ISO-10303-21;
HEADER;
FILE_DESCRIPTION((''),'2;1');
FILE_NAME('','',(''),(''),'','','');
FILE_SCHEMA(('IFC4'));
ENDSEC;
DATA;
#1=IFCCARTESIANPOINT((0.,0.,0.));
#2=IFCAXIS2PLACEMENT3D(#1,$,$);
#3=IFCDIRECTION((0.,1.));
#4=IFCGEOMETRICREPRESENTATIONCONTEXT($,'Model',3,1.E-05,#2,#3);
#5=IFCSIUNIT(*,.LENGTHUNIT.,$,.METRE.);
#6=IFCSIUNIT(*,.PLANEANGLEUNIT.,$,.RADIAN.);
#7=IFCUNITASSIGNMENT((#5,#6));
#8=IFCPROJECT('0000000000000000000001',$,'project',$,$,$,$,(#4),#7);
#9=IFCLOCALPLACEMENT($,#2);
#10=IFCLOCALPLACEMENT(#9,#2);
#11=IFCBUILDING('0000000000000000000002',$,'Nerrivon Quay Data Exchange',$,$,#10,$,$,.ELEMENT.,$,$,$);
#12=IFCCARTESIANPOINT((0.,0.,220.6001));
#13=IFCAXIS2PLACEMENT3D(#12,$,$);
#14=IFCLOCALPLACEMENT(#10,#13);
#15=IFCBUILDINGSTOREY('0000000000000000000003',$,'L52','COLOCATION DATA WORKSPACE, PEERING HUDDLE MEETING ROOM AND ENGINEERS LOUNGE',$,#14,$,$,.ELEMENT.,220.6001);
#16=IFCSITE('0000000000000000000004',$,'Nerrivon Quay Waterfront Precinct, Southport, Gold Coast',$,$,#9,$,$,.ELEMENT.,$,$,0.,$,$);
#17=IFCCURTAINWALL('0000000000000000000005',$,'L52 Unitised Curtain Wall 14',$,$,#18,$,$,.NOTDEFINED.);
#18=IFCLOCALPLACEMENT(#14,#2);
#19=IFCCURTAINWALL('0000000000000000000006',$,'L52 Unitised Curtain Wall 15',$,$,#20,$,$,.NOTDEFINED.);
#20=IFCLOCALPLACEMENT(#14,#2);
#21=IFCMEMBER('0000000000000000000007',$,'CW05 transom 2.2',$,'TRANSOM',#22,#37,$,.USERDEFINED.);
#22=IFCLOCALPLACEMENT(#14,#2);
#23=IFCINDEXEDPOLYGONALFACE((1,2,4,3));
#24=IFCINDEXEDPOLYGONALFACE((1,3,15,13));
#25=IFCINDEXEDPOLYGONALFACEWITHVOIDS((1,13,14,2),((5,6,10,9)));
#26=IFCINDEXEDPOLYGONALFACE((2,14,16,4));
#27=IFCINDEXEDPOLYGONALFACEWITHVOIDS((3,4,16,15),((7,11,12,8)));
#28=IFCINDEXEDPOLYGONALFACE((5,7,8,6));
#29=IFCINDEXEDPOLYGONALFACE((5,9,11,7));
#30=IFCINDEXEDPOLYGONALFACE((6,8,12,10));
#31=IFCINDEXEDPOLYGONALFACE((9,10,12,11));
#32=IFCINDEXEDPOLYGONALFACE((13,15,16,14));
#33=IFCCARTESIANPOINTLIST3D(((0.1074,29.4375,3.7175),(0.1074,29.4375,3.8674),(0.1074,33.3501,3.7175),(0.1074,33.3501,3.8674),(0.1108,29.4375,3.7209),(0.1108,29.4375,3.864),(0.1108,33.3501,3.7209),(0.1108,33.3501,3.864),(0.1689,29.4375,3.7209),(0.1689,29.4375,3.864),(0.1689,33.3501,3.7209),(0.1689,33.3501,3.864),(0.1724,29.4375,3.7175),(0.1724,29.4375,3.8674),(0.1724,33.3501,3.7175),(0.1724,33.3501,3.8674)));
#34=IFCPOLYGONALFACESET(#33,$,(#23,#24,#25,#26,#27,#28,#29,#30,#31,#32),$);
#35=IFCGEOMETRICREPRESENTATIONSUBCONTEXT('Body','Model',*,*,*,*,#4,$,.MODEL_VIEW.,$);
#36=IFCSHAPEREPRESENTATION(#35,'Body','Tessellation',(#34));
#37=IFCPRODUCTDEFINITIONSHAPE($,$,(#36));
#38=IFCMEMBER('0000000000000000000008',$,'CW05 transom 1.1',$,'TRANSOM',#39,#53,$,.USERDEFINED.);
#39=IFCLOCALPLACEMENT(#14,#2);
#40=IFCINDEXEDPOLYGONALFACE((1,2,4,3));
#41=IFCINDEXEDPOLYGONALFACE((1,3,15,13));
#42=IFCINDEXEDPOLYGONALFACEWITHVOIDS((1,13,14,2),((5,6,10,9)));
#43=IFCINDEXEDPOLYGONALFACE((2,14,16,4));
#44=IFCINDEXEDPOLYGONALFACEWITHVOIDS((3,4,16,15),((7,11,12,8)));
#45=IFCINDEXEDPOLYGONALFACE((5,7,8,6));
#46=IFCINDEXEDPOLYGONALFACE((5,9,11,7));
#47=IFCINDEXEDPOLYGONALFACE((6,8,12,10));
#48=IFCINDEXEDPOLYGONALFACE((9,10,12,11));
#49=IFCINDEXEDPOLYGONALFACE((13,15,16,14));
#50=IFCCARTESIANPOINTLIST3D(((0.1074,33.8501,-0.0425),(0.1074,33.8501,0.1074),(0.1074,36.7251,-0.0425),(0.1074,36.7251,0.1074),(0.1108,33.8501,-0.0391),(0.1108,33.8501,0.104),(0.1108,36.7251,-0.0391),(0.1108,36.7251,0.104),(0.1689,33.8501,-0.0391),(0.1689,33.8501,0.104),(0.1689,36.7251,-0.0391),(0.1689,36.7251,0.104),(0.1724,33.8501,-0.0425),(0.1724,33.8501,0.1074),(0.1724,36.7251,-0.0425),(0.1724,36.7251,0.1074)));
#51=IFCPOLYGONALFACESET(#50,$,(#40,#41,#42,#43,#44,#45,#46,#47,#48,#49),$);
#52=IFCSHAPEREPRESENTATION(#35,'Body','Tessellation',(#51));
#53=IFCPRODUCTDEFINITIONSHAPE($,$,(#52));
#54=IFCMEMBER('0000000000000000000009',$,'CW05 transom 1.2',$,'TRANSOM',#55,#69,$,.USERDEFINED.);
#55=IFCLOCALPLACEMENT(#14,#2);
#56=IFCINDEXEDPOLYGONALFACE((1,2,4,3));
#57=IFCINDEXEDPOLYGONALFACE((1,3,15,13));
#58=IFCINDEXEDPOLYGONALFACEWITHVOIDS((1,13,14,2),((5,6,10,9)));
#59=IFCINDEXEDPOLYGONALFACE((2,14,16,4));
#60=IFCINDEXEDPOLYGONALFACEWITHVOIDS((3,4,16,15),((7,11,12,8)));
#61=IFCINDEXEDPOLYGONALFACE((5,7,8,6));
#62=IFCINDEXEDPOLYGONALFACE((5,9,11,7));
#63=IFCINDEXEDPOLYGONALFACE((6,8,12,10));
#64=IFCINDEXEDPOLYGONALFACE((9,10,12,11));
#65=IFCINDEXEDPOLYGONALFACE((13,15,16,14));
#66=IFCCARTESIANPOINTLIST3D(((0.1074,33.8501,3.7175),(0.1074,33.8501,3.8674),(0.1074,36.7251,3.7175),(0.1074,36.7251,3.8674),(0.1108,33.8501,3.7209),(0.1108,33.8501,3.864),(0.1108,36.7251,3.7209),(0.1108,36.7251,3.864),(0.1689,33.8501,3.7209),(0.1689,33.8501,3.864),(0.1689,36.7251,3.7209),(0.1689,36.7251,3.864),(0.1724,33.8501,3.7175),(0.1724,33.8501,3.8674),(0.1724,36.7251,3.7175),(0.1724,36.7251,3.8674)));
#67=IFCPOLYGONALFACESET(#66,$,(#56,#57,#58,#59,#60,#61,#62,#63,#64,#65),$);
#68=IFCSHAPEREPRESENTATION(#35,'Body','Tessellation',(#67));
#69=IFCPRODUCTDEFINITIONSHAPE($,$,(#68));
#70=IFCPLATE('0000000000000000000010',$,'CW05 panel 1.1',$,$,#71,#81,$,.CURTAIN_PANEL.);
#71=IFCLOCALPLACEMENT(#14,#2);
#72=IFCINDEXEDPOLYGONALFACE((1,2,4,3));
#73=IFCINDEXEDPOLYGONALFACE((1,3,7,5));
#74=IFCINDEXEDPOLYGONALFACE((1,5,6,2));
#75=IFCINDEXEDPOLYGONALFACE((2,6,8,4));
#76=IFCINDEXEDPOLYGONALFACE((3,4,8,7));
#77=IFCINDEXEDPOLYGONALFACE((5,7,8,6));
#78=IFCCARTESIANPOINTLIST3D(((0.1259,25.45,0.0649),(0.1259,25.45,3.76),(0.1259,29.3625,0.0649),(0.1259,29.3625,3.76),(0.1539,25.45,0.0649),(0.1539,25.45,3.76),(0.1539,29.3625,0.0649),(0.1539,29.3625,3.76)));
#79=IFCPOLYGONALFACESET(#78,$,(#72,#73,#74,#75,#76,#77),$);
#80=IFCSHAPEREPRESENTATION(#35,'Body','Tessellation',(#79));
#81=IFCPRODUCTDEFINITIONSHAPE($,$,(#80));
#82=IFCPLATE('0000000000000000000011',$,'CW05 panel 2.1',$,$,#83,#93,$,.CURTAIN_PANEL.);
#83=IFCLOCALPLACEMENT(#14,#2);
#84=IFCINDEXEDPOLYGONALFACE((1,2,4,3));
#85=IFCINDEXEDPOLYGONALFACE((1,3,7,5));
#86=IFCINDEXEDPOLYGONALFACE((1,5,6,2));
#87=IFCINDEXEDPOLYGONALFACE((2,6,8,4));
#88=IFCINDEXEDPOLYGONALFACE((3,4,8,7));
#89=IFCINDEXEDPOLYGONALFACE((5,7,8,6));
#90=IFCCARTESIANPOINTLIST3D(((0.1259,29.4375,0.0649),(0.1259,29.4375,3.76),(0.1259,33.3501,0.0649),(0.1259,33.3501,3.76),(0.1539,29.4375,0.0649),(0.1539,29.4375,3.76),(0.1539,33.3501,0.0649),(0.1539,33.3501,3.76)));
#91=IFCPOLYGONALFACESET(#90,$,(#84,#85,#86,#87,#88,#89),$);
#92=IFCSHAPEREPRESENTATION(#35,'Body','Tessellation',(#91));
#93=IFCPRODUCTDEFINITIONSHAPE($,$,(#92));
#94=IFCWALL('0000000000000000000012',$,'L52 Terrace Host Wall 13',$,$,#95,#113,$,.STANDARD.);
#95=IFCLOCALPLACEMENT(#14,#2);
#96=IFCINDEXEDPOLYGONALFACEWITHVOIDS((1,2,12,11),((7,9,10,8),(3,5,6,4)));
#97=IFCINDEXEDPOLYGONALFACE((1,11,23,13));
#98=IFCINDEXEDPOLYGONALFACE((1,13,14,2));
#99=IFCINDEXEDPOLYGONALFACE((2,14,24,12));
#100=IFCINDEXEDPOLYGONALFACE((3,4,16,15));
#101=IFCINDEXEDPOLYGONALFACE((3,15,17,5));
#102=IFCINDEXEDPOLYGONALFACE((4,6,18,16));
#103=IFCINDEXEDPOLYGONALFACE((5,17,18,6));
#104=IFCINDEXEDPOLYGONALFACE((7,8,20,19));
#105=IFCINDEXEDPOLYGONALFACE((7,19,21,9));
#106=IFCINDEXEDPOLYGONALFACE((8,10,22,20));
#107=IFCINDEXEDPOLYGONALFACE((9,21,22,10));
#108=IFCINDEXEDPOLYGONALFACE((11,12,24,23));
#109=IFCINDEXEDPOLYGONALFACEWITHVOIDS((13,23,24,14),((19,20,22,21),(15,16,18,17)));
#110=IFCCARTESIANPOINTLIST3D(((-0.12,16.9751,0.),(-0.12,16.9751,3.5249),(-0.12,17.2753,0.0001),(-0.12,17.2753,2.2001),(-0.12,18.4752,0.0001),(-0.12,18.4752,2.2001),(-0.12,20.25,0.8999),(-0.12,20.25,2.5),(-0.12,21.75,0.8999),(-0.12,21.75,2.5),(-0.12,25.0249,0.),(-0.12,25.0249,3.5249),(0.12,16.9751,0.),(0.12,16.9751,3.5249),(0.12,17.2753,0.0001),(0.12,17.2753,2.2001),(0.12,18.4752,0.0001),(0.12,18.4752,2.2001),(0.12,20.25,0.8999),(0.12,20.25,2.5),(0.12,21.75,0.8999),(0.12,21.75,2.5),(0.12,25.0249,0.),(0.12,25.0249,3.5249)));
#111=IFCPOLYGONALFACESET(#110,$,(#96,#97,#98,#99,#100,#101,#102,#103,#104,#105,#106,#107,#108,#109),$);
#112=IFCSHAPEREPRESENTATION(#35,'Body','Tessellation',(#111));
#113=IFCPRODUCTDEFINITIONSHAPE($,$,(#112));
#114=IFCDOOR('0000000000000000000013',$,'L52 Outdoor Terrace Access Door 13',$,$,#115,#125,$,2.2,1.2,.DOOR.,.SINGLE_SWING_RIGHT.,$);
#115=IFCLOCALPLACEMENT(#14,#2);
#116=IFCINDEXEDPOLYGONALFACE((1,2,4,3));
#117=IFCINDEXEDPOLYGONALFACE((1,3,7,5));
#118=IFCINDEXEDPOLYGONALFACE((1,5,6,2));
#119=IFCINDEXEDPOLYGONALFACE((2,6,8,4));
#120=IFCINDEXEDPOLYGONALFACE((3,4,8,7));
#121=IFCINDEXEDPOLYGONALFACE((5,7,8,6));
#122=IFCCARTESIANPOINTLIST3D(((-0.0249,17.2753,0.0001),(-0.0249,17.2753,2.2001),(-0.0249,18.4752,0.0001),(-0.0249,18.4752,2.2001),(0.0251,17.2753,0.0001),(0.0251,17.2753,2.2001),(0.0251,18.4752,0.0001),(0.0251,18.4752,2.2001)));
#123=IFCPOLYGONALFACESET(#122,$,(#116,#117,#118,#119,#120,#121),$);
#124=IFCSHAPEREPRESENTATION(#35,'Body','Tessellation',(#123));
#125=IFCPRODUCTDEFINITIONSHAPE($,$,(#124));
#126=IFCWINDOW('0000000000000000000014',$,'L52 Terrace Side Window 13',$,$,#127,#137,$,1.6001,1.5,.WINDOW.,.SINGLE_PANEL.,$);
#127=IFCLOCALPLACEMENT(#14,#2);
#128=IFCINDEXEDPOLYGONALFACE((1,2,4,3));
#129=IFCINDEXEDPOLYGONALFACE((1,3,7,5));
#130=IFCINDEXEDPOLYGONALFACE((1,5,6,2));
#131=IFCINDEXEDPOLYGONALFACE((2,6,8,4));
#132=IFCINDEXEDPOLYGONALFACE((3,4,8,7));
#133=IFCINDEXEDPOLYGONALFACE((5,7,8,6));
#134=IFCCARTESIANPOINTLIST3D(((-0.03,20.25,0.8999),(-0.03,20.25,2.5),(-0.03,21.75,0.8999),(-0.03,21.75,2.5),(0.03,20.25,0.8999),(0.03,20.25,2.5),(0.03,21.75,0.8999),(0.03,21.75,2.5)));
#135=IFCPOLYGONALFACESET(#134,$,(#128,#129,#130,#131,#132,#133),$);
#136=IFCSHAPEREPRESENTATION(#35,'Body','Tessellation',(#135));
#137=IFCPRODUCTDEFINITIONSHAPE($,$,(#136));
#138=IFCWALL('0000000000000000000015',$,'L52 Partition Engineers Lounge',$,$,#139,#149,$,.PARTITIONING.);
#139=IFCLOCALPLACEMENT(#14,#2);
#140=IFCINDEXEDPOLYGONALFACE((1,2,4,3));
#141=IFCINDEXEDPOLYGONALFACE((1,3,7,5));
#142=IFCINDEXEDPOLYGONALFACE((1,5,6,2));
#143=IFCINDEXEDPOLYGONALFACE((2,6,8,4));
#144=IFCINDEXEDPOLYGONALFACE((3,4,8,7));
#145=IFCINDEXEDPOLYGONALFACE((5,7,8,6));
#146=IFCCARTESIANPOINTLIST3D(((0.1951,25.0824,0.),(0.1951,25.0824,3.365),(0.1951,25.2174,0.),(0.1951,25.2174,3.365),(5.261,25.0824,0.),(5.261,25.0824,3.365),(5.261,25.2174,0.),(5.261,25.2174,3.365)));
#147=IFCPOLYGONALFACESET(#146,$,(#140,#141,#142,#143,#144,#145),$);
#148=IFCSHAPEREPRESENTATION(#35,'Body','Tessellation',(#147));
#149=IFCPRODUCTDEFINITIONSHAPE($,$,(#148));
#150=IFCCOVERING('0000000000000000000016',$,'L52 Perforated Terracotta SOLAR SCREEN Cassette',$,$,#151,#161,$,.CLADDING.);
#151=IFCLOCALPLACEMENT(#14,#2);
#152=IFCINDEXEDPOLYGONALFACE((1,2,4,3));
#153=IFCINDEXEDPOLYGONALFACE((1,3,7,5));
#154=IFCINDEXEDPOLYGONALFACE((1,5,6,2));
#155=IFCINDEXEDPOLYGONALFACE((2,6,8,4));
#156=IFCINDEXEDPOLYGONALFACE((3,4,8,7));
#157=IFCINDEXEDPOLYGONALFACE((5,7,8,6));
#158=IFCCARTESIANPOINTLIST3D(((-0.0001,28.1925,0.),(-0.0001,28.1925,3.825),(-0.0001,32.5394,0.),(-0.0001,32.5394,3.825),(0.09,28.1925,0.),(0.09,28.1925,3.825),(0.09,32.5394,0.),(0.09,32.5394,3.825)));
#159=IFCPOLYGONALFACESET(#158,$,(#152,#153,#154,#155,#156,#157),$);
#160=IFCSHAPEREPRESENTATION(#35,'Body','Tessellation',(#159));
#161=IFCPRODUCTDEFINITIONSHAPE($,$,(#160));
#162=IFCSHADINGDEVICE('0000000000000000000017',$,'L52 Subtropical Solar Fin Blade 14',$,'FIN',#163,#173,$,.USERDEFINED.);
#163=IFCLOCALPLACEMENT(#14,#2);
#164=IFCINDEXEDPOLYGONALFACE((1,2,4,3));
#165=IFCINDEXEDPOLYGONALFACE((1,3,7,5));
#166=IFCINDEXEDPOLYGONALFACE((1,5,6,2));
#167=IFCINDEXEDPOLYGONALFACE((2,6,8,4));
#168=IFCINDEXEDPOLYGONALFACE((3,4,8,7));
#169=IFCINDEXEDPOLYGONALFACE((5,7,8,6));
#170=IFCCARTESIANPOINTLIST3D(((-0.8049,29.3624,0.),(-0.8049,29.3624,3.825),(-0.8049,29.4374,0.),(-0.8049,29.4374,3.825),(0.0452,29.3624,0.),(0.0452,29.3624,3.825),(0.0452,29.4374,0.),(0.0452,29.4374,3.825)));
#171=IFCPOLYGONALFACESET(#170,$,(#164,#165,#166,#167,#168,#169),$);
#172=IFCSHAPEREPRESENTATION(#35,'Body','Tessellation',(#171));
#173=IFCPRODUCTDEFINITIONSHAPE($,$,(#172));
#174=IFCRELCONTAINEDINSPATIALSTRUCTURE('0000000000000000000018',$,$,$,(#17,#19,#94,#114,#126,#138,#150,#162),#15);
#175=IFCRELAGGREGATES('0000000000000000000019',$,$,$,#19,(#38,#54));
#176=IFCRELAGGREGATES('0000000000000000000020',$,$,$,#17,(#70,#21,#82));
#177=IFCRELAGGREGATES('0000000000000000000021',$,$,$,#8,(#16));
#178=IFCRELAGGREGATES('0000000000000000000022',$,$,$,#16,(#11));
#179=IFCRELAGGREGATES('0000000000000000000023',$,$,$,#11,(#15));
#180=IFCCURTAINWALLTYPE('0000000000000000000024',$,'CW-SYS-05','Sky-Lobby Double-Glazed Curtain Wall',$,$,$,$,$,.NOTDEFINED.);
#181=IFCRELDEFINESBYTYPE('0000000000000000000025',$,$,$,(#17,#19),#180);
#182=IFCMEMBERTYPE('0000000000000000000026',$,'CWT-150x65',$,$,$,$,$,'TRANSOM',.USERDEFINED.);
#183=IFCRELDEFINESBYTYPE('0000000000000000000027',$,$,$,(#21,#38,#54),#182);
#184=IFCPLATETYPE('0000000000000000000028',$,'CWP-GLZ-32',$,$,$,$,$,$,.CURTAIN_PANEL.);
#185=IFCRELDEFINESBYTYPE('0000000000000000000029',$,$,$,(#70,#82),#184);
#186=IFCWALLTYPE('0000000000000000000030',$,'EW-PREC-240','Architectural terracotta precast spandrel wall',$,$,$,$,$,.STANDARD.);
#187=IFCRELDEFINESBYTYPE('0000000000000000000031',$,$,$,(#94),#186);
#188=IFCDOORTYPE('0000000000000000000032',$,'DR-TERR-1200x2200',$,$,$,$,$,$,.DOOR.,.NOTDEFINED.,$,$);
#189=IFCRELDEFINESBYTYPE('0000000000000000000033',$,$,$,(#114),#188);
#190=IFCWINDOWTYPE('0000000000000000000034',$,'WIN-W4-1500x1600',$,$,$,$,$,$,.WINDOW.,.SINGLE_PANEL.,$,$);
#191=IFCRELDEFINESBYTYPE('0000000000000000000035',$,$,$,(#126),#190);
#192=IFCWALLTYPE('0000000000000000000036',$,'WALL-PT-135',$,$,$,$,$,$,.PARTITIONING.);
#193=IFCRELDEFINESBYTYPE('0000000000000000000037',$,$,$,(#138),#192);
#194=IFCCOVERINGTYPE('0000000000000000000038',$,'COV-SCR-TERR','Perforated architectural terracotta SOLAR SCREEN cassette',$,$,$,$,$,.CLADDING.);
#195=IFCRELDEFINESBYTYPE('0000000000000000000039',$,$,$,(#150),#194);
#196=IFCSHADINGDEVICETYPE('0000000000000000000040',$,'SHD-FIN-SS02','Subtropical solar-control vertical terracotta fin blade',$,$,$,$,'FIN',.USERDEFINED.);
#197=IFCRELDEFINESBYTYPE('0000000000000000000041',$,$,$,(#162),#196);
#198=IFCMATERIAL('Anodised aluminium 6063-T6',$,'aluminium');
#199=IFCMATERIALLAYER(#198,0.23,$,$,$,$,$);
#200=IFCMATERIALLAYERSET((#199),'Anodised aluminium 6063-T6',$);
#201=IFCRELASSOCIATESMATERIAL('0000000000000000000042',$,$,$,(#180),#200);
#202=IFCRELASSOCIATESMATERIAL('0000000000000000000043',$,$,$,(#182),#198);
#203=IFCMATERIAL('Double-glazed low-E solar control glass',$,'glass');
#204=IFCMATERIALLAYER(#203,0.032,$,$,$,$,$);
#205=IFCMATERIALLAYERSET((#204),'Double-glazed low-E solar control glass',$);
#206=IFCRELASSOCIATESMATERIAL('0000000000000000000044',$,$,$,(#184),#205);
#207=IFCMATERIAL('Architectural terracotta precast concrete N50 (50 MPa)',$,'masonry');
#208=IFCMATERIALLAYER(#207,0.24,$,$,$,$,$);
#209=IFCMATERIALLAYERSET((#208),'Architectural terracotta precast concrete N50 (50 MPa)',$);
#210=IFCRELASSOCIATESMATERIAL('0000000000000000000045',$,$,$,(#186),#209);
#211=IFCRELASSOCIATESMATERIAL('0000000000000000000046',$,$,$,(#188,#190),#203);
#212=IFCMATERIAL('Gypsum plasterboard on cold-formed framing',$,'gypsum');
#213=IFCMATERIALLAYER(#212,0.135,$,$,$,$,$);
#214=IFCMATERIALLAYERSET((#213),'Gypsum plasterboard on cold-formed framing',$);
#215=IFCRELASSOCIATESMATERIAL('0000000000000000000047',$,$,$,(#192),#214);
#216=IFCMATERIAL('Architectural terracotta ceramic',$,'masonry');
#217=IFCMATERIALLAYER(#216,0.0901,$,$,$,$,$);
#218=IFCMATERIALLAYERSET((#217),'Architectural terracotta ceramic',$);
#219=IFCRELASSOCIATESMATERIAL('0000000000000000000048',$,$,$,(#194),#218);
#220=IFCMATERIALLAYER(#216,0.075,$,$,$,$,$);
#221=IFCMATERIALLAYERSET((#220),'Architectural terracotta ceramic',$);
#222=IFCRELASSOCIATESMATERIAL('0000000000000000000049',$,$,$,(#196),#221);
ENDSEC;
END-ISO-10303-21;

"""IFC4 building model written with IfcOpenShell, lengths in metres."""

from ifc_helpers import new_model, si_unit, direction, frame, frame_2d, origin, origin_2d, place, context, subcontext, project, spatial, rectangle, hollow_rectangle, extrude, material, layer, layer_set, material_profile, profile_set, type_object, element, fill, aggregate, save


model = new_model("IFC4")

# Units and contexts
model_context = context("Model", 3, precision=1e-05, world=origin(), true_north=direction((0.0, 1.0)))
body_context = subcontext(model_context, "Body", "Model", "MODEL_VIEW")
ifc_project = project(units=[si_unit("LENGTHUNIT", "METRE"), si_unit("PLANEANGLEUNIT", "RADIAN")], contexts=[model_context])

# Site, building, storey
site_placement = place(None, origin())
site = spatial("IfcSite", under=ifc_project, at=site_placement, Name="Nerrivon Quay Waterfront Precinct, Southport, Gold Coast", CompositionType="ELEMENT", RefElevation=0.0)
building_placement = place(site_placement, origin())
building = spatial("IfcBuilding", under=site, at=building_placement, Name="Nerrivon Quay Data Exchange", CompositionType="ELEMENT")
storey_placement = place(building_placement, frame((0.0, 0.0, 220.6001)))
storey = spatial("IfcBuildingStorey", under=building, at=storey_placement, Name="L52", Description="COLOCATION DATA WORKSPACE, PEERING HUDDLE MEETING ROOM AND ENGINEERS LOUNGE", CompositionType="ELEMENT", Elevation=220.6001)

# Curtain wall
ifc_material_1 = material(Name="Anodised aluminium 6063-T6", Category="aluminium")
ifc_layer_1 = layer(ifc_material_1, 0.23)
ifc_layer_set_1 = layer_set([ifc_layer_1], Name="Anodised aluminium 6063-T6")
curtain_wall_type = type_object("IfcCurtainWallType", Name="CW-SYS-05", Description="Sky-Lobby Double-Glazed Curtain Wall", PredefinedType="NOTDEFINED", material=ifc_layer_set_1)
curtain_wall_1_placement = place(storey_placement, origin())
curtain_wall_1 = element("IfcCurtainWall", 1, at=curtain_wall_1_placement, inside=storey, type_object=curtain_wall_type, Name="L52 Unitised Curtain Wall 14", PredefinedType="NOTDEFINED")

# Curtain wall
curtain_wall_2_placement = place(storey_placement, origin())
curtain_wall_2 = element("IfcCurtainWall", 2, at=curtain_wall_2_placement, inside=storey, type_object=curtain_wall_type, Name="L52 Unitised Curtain Wall 15", PredefinedType="NOTDEFINED")

# Members
ifc_material_profile_1 = material_profile(ifc_material_1, hollow_rectangle(XDim=0.0649, YDim=0.1499, WallThickness=0.0034, at=origin_2d()), Name="ALU-TRAN-150x65")
ifc_profile_set_1 = profile_set([ifc_material_profile_1], Name="Anodised aluminium 6063-T6")
member_type_1 = type_object("IfcMemberType", Name="CWT-150x65", ElementType="TRANSOM", PredefinedType="USERDEFINED", material=ifc_profile_set_1)
member_1_placement = place(storey_placement, frame((0.1399, 29.4375, 3.7925), z_axis=(0.0, 1.0, 0.0), x_axis=(-1.0, 0.0, 0.0)))
member_1 = element("IfcMember", 3, at=member_1_placement, type_object=member_type_1, Name="CW05 transom 2.2", ObjectType="TRANSOM", PredefinedType="USERDEFINED", context=body_context, shape_type="SweptSolid", body=[
    extrude(hollow_rectangle(XDim=0.0649, YDim=0.1499, WallThickness=0.0034, at=origin_2d()), origin(), (0.0, 0.0, 1.0), 3.9126),
])
member_2_placement = place(storey_placement, frame((0.1399, 33.8501, 0.0325), z_axis=(0.0, 1.0, 0.0), x_axis=(-1.0, 0.0, 0.0)))
member_2 = element("IfcMember", 4, at=member_2_placement, type_object=member_type_1, Name="CW05 transom 1.1", ObjectType="TRANSOM", PredefinedType="USERDEFINED", context=body_context, shape_type="SweptSolid", body=[
    extrude(hollow_rectangle(XDim=0.0649, YDim=0.1499, WallThickness=0.0034, at=origin_2d()), origin(), (0.0, 0.0, 1.0), 2.875),
])
member_3_placement = place(storey_placement, frame((0.1399, 33.8501, 3.7925), z_axis=(0.0, 1.0, 0.0), x_axis=(-1.0, 0.0, 0.0)))
member_3 = element("IfcMember", 5, at=member_3_placement, type_object=member_type_1, Name="CW05 transom 1.2", ObjectType="TRANSOM", PredefinedType="USERDEFINED", context=body_context, shape_type="SweptSolid", body=[
    extrude(hollow_rectangle(XDim=0.0649, YDim=0.1499, WallThickness=0.0034, at=origin_2d()), origin(), (0.0, 0.0, 1.0), 2.875),
])
aggregate(curtain_wall_2, [member_2, member_3])

# Plates
ifc_material_2 = material(Name="Double-glazed low-E solar control glass", Category="glass")
ifc_layer_2 = layer(ifc_material_2, 0.032)
ifc_layer_set_2 = layer_set([ifc_layer_2], Name="Double-glazed low-E solar control glass")
plate_type = type_object("IfcPlateType", Name="CWP-GLZ-32", PredefinedType="CURTAIN_PANEL", material=ifc_layer_set_2)
plate_1_placement = place(storey_placement, frame((0.1399, 27.4062, 0.0649), z_axis=(0.0, 0.0, 1.0), x_axis=(0.0, 1.0, 0.0)))
plate_1 = element("IfcPlate", 6, at=plate_1_placement, type_object=plate_type, Name="CW05 panel 1.1", PredefinedType="CURTAIN_PANEL", context=body_context, shape_type="SweptSolid", body=[
    extrude(rectangle(XDim=3.9126, YDim=0.0281, at=origin_2d()), origin(), (0.0, 0.0, 1.0), 3.6951),
])
plate_2_placement = place(storey_placement, frame((0.1399, 31.3938, 0.0649), z_axis=(0.0, 0.0, 1.0), x_axis=(0.0, 1.0, 0.0)))
plate_2 = element("IfcPlate", 7, at=plate_2_placement, type_object=plate_type, Name="CW05 panel 2.1", PredefinedType="CURTAIN_PANEL", context=body_context, shape_type="SweptSolid", body=[
    extrude(rectangle(XDim=3.9126, YDim=0.0281, at=origin_2d()), origin(), (0.0, 0.0, 1.0), 3.6951),
])
aggregate(curtain_wall_1, [plate_1, member_1, plate_2])

# Wall, openings, door, window
ifc_material_3 = material(Name="Architectural terracotta precast concrete N50 (50 MPa)", Category="masonry")
ifc_layer_3 = layer(ifc_material_3, 0.24)
ifc_layer_set_3 = layer_set([ifc_layer_3], Name="Architectural terracotta precast concrete N50 (50 MPa)")
wall_type_1 = type_object("IfcWallType", Name="EW-PREC-240", Description="Architectural terracotta precast spandrel wall", PredefinedType="STANDARD", material=ifc_layer_set_3)
wall_1_placement = place(storey_placement, frame((0.0, 16.9751, 0.0), z_axis=(0.0, 0.0, 1.0), x_axis=(0.0, 1.0, 0.0)))
wall_1 = element("IfcWall", 8, at=wall_1_placement, inside=storey, type_object=wall_type_1, Name="L52 Terrace Host Wall 13", PredefinedType="STANDARD", context=body_context, shape_type="SweptSolid", body=[
    extrude(rectangle(XDim=8.0498, YDim=0.24, at=frame_2d((4.0249, 0.0))), origin(), (0.0, 0.0, 1.0), 3.5249),
])
opening_1_placement = place(wall_1_placement, frame((0.3, 0.0, 0.0)))
opening_1 = element("IfcOpeningElement", 9, at=opening_1_placement, cuts=wall_1, PredefinedType="OPENING", context=body_context, shape_type="SweptSolid", body=[
    extrude(rectangle(XDim=1.2, YDim=2.2, at=frame_2d((0.6001, 1.1001))), frame((0.0, 0.1299, 0.0), z_axis=(0.0, -1.0, 0.0), x_axis=(1.0, 0.0, 0.0)), (0.0, 0.0, 1.0), 0.26),
])
opening_2_placement = place(wall_1_placement, frame((3.2749, 0.0, 0.8999)))
opening_2 = element("IfcOpeningElement", 10, at=opening_2_placement, cuts=wall_1, PredefinedType="OPENING", context=body_context, shape_type="SweptSolid", body=[
    extrude(rectangle(XDim=1.5, YDim=1.6001, at=frame_2d((0.75, 0.8))), frame((0.0, 0.1299, 0.0), z_axis=(0.0, -1.0, 0.0), x_axis=(1.0, 0.0, 0.0)), (0.0, 0.0, 1.0), 0.26),
])
door_type = type_object("IfcDoorType", Name="DR-TERR-1200x2200", OperationType="NOTDEFINED", PredefinedType="DOOR", material=ifc_material_2)
door_placement = place(opening_1_placement, origin())
door = element("IfcDoor", 11, at=door_placement, inside=storey, type_object=door_type, Name="L52 Outdoor Terrace Access Door 13", OperationType="SINGLE_SWING_RIGHT", OverallHeight=2.2, OverallWidth=1.2, PredefinedType="DOOR", context=body_context, shape_type="SweptSolid", body=[
    extrude(rectangle(XDim=1.2, YDim=2.2, at=frame_2d((0.6001, 1.1001))), frame((0.0, 0.0249, 0.0), z_axis=(0.0, -1.0, 0.0), x_axis=(1.0, 0.0, 0.0)), (0.0, 0.0, 1.0), 0.05),
])
fill(opening_1, door)
window_type = type_object("IfcWindowType", Name="WIN-W4-1500x1600", PartitioningType="SINGLE_PANEL", PredefinedType="WINDOW", material=ifc_material_2)
window_placement = place(opening_2_placement, origin())
window = element("IfcWindow", 12, at=window_placement, inside=storey, type_object=window_type, Name="L52 Terrace Side Window 13", OverallHeight=1.6001, OverallWidth=1.5, PartitioningType="SINGLE_PANEL", PredefinedType="WINDOW", context=body_context, shape_type="SweptSolid", body=[
    extrude(rectangle(XDim=1.5, YDim=1.6001, at=frame_2d((0.75, 0.8))), frame((0.0, 0.03, 0.0), z_axis=(0.0, -1.0, 0.0), x_axis=(1.0, 0.0, 0.0)), (0.0, 0.0, 1.0), 0.0601),
])
fill(opening_2, window)

# Wall
ifc_material_4 = material(Name="Gypsum plasterboard on cold-formed framing", Category="gypsum")
ifc_layer_4 = layer(ifc_material_4, 0.135)
ifc_layer_set_4 = layer_set([ifc_layer_4], Name="Gypsum plasterboard on cold-formed framing")
wall_type_2 = type_object("IfcWallType", Name="WALL-PT-135", PredefinedType="PARTITIONING", material=ifc_layer_set_4)
wall_2_placement = place(storey_placement, frame((5.261, 25.1499, 0.0), z_axis=(0.0, 0.0, 1.0), x_axis=(-1.0, 0.0, 0.0)))
element("IfcWall", 13, at=wall_2_placement, inside=storey, type_object=wall_type_2, Name="L52 Partition Engineers Lounge", PredefinedType="PARTITIONING", context=body_context, shape_type="SweptSolid", body=[
    extrude(rectangle(XDim=5.0659, YDim=0.135, at=frame_2d((2.533, 0.0))), origin(), (0.0, 0.0, 1.0), 3.365),
])

# Covering
ifc_material_5 = material(Name="Architectural terracotta ceramic", Category="masonry")
ifc_layer_5 = layer(ifc_material_5, 0.0901)
ifc_layer_set_5 = layer_set([ifc_layer_5], Name="Architectural terracotta ceramic")
covering_type = type_object("IfcCoveringType", Name="COV-SCR-TERR", Description="Perforated architectural terracotta SOLAR SCREEN cassette", PredefinedType="CLADDING", material=ifc_layer_set_5)
covering_placement = place(storey_placement, frame((0.0449, 30.366, 0.0), z_axis=(0.0, 0.0, 1.0), x_axis=(0.0, 1.0, 0.0)))
element("IfcCovering", 14, at=covering_placement, inside=storey, type_object=covering_type, Name="L52 Perforated Terracotta SOLAR SCREEN Cassette", PredefinedType="CLADDING", context=body_context, shape_type="SweptSolid", body=[
    extrude(rectangle(XDim=4.3469, YDim=0.0901, at=origin_2d()), origin(), (0.0, 0.0, 1.0), 3.825),
])

# Shading device
ifc_layer_6 = layer(ifc_material_5, 0.075)
ifc_layer_set_6 = layer_set([ifc_layer_6], Name="Architectural terracotta ceramic")
shading_device_type_1 = type_object("IfcShadingDeviceType", Name="SHD-FIN-SS02", Description="Subtropical solar-control vertical terracotta fin blade", ElementType="FIN", PredefinedType="USERDEFINED", material=ifc_layer_set_6)
shading_device_1_placement = place(storey_placement, frame((-0.3799, 29.3999, 0.0), z_axis=(0.0, 0.0, 1.0), x_axis=(0.0, 1.0, 0.0)))
element("IfcShadingDevice", 15, at=shading_device_1_placement, inside=storey, type_object=shading_device_type_1, Name="L52 Subtropical Solar Fin Blade 14", ObjectType="FIN", PredefinedType="USERDEFINED", context=body_context, shape_type="SweptSolid", body=[
    extrude(rectangle(XDim=0.075, YDim=0.8501, at=origin_2d()), origin(), (0.0, 0.0, 1.0), 3.825),
])

save(model, "model.ifc")
